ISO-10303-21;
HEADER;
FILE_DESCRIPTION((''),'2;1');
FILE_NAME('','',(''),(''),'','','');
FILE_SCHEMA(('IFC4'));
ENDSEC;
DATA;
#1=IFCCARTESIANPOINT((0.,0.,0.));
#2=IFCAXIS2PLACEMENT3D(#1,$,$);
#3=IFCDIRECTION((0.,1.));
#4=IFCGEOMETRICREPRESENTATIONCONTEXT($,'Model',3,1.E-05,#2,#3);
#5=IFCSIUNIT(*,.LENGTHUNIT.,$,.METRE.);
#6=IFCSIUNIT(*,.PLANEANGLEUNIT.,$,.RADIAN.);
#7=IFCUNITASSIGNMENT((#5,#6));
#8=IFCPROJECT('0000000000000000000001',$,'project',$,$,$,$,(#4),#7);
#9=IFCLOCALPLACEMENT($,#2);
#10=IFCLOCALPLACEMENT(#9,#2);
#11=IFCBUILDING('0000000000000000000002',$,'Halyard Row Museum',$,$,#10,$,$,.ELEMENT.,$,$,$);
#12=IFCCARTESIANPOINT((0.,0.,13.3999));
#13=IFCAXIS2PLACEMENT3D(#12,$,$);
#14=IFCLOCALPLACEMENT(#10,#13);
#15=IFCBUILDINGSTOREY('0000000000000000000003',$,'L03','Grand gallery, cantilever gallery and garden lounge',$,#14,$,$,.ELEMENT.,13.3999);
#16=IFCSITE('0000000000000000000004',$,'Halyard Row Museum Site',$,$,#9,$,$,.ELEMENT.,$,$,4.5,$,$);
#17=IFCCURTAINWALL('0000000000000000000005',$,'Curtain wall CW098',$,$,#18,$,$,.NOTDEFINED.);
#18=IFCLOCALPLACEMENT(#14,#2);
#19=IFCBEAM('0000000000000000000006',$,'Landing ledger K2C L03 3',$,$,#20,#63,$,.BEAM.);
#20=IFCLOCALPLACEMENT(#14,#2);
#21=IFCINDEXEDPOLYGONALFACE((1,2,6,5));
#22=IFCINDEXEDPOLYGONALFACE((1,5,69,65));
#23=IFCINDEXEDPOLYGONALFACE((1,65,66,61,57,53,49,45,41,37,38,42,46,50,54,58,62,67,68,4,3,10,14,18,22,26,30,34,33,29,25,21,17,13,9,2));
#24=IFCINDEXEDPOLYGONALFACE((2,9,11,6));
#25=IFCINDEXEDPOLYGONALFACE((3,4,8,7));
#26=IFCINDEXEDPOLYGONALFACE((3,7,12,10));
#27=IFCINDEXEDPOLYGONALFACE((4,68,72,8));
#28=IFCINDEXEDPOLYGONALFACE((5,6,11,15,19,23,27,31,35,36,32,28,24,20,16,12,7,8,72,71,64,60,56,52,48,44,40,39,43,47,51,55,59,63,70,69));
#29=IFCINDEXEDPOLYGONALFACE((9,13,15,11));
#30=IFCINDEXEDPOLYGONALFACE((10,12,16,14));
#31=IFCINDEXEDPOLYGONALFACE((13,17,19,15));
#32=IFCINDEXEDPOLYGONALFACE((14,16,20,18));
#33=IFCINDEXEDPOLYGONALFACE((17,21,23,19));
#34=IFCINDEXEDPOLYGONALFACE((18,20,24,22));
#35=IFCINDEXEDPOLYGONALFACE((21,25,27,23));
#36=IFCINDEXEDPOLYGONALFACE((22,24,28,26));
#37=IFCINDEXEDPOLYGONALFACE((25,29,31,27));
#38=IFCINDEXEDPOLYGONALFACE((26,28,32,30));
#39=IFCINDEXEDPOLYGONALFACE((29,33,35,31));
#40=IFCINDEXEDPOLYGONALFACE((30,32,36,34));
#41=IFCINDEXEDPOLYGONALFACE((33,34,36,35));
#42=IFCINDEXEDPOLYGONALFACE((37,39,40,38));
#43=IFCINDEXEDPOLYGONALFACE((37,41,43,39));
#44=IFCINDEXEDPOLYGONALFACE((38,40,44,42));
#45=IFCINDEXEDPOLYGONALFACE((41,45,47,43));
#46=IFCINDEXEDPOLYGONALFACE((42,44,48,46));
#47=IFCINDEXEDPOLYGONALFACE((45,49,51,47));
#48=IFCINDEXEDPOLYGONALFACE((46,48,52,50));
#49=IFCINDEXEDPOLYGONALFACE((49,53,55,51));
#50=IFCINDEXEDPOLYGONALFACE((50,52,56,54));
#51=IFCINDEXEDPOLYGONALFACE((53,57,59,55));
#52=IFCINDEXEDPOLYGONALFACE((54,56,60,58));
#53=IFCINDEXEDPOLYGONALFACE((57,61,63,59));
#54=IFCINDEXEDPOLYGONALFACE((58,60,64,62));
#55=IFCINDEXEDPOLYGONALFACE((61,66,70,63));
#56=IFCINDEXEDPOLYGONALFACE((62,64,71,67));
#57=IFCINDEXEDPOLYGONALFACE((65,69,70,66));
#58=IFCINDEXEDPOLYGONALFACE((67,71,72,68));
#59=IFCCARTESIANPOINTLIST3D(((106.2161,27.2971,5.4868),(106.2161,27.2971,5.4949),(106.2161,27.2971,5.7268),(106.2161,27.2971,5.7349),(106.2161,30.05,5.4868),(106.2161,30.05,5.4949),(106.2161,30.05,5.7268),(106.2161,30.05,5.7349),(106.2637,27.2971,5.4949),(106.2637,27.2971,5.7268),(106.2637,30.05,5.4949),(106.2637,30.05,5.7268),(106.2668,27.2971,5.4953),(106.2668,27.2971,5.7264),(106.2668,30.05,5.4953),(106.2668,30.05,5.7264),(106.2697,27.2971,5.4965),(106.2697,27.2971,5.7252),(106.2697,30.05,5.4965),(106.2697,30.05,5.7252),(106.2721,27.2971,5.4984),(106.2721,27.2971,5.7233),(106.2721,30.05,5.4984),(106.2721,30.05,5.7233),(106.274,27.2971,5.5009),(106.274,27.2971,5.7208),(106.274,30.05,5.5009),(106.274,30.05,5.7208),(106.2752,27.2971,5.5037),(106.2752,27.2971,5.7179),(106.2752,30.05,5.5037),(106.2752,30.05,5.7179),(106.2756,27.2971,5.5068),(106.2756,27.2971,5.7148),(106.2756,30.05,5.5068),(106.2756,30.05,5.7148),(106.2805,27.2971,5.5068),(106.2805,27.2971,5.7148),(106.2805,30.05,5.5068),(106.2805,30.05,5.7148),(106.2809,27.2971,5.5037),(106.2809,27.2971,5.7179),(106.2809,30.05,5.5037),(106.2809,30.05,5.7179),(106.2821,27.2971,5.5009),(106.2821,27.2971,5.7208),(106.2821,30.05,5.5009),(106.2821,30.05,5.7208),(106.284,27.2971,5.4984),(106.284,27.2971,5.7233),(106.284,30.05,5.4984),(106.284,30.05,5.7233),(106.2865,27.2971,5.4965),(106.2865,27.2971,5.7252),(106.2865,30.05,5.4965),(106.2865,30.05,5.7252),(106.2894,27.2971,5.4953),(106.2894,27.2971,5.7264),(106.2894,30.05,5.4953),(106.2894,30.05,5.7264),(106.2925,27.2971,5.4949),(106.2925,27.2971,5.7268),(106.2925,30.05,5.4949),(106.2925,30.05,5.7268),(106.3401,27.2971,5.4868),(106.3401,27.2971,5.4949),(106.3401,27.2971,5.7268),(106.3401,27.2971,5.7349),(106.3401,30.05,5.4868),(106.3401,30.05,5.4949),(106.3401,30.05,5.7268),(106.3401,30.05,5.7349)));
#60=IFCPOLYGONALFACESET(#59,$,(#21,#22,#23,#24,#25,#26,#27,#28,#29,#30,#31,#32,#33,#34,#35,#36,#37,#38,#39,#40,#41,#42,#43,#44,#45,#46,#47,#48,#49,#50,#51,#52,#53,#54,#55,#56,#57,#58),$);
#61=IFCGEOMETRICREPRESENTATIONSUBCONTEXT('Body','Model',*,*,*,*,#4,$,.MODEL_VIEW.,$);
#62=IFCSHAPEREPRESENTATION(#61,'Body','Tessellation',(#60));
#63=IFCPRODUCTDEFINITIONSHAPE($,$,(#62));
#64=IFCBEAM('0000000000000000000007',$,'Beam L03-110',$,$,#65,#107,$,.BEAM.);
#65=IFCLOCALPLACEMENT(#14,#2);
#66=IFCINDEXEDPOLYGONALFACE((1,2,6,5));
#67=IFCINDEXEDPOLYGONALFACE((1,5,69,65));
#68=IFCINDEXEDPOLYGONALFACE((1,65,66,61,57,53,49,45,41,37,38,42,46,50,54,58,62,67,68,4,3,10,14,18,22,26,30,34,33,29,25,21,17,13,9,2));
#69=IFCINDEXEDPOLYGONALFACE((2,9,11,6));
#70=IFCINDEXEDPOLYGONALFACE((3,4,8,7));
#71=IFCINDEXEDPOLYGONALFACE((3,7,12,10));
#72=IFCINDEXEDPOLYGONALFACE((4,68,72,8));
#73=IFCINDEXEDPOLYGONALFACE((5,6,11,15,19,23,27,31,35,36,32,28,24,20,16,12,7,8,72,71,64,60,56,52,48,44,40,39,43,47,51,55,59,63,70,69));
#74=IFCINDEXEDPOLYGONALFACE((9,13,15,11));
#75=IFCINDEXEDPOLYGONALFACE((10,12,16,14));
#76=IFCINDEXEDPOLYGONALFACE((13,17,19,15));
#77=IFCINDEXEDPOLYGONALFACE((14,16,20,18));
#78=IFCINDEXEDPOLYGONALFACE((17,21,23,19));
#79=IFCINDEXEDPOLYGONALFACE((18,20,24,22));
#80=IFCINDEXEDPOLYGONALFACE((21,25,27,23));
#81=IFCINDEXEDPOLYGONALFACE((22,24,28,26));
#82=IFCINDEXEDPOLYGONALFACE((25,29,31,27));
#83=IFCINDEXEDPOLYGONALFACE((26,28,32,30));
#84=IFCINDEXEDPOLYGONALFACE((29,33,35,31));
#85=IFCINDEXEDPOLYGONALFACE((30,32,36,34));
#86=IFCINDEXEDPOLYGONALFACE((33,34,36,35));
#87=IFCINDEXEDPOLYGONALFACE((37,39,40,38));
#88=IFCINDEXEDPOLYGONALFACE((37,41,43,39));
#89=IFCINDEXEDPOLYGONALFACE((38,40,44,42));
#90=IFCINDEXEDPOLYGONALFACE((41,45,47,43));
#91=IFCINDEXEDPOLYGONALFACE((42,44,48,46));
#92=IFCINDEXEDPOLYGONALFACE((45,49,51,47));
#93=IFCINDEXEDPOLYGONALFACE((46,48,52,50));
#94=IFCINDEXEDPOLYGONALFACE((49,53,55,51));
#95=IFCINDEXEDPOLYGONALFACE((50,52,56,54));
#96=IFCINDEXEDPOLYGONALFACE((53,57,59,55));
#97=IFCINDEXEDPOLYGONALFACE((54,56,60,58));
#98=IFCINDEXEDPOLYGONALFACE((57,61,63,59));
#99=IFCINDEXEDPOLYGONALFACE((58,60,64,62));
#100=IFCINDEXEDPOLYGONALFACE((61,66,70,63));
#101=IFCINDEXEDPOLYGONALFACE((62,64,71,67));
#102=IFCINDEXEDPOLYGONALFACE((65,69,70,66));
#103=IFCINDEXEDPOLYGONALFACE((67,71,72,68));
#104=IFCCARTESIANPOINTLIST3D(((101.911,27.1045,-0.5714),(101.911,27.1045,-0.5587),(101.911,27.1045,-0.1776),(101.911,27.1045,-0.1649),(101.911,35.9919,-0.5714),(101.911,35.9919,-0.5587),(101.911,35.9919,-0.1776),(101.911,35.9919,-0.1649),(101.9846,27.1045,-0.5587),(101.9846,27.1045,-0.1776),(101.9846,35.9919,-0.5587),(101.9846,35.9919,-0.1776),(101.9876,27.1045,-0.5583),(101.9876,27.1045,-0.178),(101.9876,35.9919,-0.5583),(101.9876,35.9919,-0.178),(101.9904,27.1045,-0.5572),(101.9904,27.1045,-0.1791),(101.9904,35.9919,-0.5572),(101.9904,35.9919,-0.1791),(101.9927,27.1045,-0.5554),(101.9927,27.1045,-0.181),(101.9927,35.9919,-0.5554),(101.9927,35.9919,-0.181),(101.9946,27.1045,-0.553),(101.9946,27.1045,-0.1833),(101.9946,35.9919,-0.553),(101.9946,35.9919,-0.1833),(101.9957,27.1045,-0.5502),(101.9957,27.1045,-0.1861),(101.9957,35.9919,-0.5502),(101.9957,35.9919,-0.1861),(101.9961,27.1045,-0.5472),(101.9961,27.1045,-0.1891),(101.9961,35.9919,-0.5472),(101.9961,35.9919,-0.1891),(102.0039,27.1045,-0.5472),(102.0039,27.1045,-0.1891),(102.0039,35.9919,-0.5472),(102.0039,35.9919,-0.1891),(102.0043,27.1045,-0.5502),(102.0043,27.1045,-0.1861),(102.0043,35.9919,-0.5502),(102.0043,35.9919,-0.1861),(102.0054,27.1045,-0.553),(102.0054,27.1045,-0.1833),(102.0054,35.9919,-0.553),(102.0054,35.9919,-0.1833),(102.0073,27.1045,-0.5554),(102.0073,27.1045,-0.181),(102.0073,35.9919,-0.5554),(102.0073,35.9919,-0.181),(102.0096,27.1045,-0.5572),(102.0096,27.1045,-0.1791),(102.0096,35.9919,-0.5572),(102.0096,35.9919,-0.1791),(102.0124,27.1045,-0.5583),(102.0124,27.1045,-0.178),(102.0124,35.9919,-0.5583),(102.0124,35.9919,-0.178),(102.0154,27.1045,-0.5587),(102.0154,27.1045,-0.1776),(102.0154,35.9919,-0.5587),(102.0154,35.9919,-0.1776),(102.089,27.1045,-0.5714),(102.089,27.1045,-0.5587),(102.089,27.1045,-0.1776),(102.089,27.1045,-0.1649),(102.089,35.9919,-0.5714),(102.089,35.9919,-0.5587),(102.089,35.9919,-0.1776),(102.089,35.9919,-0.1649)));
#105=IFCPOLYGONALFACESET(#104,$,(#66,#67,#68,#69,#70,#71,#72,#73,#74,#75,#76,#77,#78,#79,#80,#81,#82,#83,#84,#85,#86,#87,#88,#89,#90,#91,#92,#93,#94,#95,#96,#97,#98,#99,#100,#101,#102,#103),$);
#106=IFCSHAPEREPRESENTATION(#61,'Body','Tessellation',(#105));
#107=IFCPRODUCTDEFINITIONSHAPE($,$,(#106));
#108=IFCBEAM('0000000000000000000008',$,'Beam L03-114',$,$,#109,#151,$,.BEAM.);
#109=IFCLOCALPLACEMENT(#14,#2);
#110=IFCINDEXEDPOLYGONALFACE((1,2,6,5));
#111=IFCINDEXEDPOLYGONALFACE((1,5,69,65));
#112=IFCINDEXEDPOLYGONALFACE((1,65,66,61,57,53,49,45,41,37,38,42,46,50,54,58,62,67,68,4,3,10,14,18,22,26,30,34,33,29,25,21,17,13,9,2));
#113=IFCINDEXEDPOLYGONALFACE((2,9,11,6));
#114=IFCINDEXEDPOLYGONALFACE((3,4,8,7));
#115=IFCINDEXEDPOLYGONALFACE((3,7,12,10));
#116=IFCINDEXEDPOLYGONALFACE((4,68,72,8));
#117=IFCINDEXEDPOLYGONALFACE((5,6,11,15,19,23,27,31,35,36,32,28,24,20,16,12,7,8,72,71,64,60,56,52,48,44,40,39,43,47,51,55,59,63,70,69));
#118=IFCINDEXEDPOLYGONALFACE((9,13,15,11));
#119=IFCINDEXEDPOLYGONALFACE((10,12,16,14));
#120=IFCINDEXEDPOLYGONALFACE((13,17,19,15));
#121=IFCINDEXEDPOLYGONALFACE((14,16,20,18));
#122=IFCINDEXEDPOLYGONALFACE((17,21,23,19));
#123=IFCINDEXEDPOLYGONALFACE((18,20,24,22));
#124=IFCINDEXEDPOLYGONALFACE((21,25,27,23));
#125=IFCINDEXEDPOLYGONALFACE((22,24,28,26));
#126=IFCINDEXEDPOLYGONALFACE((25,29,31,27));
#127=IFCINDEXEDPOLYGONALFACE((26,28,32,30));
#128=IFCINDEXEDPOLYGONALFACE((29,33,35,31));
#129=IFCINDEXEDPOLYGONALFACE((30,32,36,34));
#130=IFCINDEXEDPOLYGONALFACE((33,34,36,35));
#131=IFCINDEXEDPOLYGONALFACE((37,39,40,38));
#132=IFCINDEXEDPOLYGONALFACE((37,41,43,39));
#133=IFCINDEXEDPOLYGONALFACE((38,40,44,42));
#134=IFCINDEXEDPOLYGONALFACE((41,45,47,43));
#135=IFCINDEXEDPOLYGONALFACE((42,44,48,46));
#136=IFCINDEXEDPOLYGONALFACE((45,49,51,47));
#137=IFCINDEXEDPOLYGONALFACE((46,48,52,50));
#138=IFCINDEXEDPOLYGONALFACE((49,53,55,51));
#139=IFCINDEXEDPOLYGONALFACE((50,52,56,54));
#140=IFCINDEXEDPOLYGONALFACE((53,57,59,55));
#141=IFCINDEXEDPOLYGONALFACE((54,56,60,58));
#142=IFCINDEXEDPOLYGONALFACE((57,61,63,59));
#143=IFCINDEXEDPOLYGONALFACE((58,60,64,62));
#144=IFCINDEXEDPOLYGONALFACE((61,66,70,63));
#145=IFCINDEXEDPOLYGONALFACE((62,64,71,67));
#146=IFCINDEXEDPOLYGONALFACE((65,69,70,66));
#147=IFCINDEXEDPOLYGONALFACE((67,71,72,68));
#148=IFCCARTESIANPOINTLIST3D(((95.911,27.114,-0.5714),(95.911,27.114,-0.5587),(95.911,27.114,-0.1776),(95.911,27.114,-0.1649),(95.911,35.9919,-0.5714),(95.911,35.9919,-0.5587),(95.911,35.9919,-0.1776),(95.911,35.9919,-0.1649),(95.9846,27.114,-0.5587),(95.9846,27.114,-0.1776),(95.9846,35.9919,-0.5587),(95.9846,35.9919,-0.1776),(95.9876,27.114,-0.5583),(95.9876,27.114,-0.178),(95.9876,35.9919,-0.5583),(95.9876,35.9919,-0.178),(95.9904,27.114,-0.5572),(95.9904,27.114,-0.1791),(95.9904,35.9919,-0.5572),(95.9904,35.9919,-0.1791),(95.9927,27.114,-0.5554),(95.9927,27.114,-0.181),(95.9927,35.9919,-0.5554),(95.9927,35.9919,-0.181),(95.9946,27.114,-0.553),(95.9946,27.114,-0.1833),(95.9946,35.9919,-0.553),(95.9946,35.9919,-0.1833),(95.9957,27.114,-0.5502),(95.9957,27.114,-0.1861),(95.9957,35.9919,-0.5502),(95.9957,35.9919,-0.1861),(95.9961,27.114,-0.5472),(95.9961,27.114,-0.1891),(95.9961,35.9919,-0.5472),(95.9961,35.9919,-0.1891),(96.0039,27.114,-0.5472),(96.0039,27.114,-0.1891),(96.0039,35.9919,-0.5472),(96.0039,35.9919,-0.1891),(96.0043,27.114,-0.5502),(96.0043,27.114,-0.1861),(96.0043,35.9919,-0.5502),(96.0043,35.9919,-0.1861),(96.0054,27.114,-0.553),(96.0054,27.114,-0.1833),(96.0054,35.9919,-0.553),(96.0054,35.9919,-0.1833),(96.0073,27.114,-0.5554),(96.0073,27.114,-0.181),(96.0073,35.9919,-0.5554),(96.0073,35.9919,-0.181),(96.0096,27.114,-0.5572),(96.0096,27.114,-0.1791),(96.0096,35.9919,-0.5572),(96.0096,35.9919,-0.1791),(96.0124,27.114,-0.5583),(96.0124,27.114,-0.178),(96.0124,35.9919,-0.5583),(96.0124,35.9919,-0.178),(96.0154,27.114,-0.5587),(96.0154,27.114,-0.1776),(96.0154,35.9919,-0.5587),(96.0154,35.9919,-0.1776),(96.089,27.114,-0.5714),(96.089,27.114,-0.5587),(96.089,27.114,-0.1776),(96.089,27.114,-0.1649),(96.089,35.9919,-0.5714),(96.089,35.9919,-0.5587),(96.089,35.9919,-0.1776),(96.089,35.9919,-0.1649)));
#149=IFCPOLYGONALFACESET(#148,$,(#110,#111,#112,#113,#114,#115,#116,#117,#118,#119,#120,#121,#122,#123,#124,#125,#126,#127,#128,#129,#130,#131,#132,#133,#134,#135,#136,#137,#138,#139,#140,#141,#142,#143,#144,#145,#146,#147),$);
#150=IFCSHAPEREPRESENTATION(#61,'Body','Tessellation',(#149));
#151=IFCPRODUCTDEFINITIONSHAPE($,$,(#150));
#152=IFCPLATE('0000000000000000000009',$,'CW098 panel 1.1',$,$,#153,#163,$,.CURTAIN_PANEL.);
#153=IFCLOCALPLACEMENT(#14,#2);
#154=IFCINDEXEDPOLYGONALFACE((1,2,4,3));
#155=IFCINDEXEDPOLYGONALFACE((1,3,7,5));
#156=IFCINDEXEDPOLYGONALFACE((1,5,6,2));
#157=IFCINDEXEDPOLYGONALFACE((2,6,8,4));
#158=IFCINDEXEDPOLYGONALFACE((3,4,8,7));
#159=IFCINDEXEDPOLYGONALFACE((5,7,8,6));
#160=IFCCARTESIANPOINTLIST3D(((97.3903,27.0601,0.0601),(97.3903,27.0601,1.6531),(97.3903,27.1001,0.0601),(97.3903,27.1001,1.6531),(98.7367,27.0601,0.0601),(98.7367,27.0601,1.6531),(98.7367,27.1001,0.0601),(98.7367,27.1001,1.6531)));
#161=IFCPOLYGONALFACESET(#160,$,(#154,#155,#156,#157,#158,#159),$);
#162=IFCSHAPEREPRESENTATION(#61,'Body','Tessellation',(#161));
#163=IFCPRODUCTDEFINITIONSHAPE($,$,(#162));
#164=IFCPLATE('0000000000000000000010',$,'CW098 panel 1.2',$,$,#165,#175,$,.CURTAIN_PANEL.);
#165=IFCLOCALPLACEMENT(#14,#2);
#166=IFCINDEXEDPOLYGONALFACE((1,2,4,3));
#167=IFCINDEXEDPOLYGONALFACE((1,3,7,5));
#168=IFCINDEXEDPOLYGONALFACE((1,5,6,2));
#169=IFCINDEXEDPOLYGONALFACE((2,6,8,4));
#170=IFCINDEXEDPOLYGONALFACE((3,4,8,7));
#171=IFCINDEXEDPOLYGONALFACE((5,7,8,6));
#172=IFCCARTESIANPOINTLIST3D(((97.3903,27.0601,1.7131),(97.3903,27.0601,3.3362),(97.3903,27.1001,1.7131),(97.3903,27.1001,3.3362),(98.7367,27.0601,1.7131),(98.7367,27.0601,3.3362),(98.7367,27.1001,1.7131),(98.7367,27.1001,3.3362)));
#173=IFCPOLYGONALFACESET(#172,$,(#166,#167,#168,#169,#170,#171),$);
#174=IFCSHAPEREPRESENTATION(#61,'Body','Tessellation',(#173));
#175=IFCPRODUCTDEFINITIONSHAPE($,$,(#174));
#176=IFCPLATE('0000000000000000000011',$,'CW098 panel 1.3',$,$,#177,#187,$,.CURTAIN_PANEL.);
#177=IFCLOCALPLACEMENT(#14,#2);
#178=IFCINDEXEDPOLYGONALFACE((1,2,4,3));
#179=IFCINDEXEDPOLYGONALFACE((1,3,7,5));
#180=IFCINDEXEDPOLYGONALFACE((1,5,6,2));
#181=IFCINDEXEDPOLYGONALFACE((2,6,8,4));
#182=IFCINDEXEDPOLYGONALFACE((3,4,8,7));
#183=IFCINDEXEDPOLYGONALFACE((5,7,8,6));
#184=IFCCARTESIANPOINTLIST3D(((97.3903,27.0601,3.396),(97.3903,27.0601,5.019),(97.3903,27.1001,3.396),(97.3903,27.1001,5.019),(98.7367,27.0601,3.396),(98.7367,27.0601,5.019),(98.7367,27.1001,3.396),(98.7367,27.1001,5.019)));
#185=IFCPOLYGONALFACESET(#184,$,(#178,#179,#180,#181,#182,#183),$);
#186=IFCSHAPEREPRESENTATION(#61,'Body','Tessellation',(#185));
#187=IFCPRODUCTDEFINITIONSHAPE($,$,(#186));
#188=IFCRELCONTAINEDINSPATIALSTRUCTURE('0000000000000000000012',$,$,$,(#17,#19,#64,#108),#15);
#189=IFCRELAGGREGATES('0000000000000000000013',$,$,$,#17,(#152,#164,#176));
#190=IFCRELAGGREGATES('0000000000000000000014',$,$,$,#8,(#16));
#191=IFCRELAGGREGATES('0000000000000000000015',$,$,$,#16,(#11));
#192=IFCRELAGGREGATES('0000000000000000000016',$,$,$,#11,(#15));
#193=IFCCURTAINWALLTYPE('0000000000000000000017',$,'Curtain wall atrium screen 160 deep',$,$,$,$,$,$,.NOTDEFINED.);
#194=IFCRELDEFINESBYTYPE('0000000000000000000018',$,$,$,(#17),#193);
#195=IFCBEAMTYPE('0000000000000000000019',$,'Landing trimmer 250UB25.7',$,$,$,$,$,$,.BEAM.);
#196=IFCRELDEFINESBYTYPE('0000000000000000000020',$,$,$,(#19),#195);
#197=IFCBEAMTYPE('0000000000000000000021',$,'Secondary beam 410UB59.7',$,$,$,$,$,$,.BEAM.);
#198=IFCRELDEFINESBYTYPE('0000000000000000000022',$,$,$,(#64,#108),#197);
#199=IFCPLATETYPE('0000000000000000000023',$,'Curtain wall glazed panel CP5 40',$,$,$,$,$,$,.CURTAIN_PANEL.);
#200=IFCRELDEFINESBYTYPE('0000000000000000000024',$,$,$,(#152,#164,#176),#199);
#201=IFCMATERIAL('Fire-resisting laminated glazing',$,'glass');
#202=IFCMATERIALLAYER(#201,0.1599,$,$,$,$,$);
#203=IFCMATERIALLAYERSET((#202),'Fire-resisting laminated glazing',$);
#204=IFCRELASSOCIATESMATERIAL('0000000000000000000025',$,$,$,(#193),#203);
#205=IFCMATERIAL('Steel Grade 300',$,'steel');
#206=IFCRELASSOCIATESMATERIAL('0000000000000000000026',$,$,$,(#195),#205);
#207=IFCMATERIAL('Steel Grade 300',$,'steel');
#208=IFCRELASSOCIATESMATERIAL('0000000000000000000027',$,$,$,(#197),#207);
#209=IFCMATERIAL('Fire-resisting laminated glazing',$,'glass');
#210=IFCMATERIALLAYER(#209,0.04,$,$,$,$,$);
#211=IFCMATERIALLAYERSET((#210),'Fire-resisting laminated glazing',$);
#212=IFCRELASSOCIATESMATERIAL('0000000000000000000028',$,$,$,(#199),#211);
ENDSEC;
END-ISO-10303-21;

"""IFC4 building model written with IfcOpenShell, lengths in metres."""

from ifc_helpers import new_model, si_unit, direction, frame, origin, origin_2d, place, context, subcontext, project, spatial, rectangle, i_section, extrude, material, layer, layer_set, material_profile, profile_set, type_object, element, aggregate, save


model = new_model("IFC4")

# Units and contexts
model_context = context("Model", 3, precision=1e-05, world=origin(), true_north=direction((0.0, 1.0)))
body_context = subcontext(model_context, "Body", "Model", "MODEL_VIEW")
ifc_project = project(units=[si_unit("LENGTHUNIT", "METRE"), si_unit("PLANEANGLEUNIT", "RADIAN")], contexts=[model_context])

# Site, building, storey
site_placement = place(None, origin())
site = spatial("IfcSite", under=ifc_project, at=site_placement, Name="Halyard Row Museum Site", CompositionType="ELEMENT", RefElevation=4.5)
building_placement = place(site_placement, origin())
building = spatial("IfcBuilding", under=site, at=building_placement, Name="Halyard Row Museum", CompositionType="ELEMENT")
storey_placement = place(building_placement, frame((0.0, 0.0, 13.3999)))
storey = spatial("IfcBuildingStorey", under=building, at=storey_placement, Name="L03", Description="Grand gallery, cantilever gallery and garden lounge", CompositionType="ELEMENT", Elevation=13.3999)

# Curtain wall
ifc_material_1 = material(Name="Fire-resisting laminated glazing", Category="glass")
ifc_layer_1 = layer(ifc_material_1, 0.1599)
ifc_layer_set_1 = layer_set([ifc_layer_1], Name="Fire-resisting laminated glazing")
curtain_wall_type = type_object("IfcCurtainWallType", Name="Curtain wall atrium screen 160 deep", PredefinedType="NOTDEFINED", material=ifc_layer_set_1)
curtain_wall_placement = place(storey_placement, origin())
curtain_wall = element("IfcCurtainWall", 1, at=curtain_wall_placement, inside=storey, type_object=curtain_wall_type, Name="Curtain wall CW098", PredefinedType="NOTDEFINED")

# Beams
ifc_material_2 = material(Name="Steel Grade 300", Category="steel")
ifc_material_profile_1 = material_profile(ifc_material_2, i_section(OverallWidth=0.124, OverallDepth=0.248, WebThickness=0.0049, FlangeThickness=0.0081, FilletRadius=0.012, at=origin_2d()), Name="250UB25.7")
ifc_profile_set_1 = profile_set([ifc_material_profile_1], Name="Steel Grade 300")
beam_type_1 = type_object("IfcBeamType", Name="Landing trimmer 250UB25.7", PredefinedType="BEAM", material=ifc_profile_set_1)
beam_1_placement = place(storey_placement, frame((106.2781, 27.2971, 5.6108), z_axis=(0.0, 1.0, 0.0), x_axis=(-1.0, 0.0, 0.0)))
element("IfcBeam", 2, at=beam_1_placement, inside=storey, type_object=beam_type_1, Name="Landing ledger K2C L03 3", PredefinedType="BEAM", context=body_context, shape_type="SweptSolid", body=[
    extrude(i_section(OverallWidth=0.124, OverallDepth=0.248, WebThickness=0.0049, FlangeThickness=0.0081, FilletRadius=0.012, at=origin_2d()), origin(), (0.0, 0.0, 1.0), 2.7529),
])
ifc_material_3 = material(Name="Steel Grade 300", Category="steel")
ifc_material_profile_2 = material_profile(ifc_material_3, i_section(OverallWidth=0.178, OverallDepth=0.4065, WebThickness=0.0078, FlangeThickness=0.0127, FilletRadius=0.0115, at=origin_2d()), Name="410UB59.7")
ifc_profile_set_2 = profile_set([ifc_material_profile_2], Name="Steel Grade 300")
beam_type_2 = type_object("IfcBeamType", Name="Secondary beam 410UB59.7", PredefinedType="BEAM", material=ifc_profile_set_2)
beam_2_placement = place(storey_placement, frame((102.0, 27.1045, -0.3682), z_axis=(0.0, 1.0, 0.0), x_axis=(-1.0, 0.0, 0.0)))
element("IfcBeam", 3, at=beam_2_placement, inside=storey, type_object=beam_type_2, Name="Beam L03-110", PredefinedType="BEAM", context=body_context, shape_type="SweptSolid", body=[
    extrude(i_section(OverallWidth=0.178, OverallDepth=0.4065, WebThickness=0.0078, FlangeThickness=0.0127, FilletRadius=0.0115, at=origin_2d()), origin(), (0.0, 0.0, 1.0), 8.8875),
])
beam_3_placement = place(storey_placement, frame((96.0, 27.114, -0.3682), z_axis=(0.0, 1.0, 0.0), x_axis=(-1.0, 0.0, 0.0)))
element("IfcBeam", 4, at=beam_3_placement, inside=storey, type_object=beam_type_2, Name="Beam L03-114", PredefinedType="BEAM", context=body_context, shape_type="SweptSolid", body=[
    extrude(i_section(OverallWidth=0.178, OverallDepth=0.4065, WebThickness=0.0078, FlangeThickness=0.0127, FilletRadius=0.0115, at=origin_2d()), origin(), (0.0, 0.0, 1.0), 8.8779),
])

# Plates
ifc_material_4 = material(Name="Fire-resisting laminated glazing", Category="glass")
ifc_layer_2 = layer(ifc_material_4, 0.04)
ifc_layer_set_2 = layer_set([ifc_layer_2], Name="Fire-resisting laminated glazing")
plate_type = type_object("IfcPlateType", Name="Curtain wall glazed panel CP5 40", PredefinedType="CURTAIN_PANEL", material=ifc_layer_set_2)
plate_1_placement = place(storey_placement, frame((98.0635, 27.0801, 0.0601), z_axis=(0.0, 0.0, 1.0), x_axis=(-1.0, 0.0, 0.0)))
plate_1 = element("IfcPlate", 5, at=plate_1_placement, type_object=plate_type, Name="CW098 panel 1.1", PredefinedType="CURTAIN_PANEL", context=body_context, shape_type="SweptSolid", body=[
    extrude(rectangle(XDim=1.3464, YDim=0.04, at=origin_2d()), origin(), (0.0, 0.0, 1.0), 1.593),
])
plate_2_placement = place(storey_placement, frame((98.0635, 27.0801, 1.7131), z_axis=(0.0, 0.0, 1.0), x_axis=(-1.0, 0.0, 0.0)))
plate_2 = element("IfcPlate", 6, at=plate_2_placement, type_object=plate_type, Name="CW098 panel 1.2", PredefinedType="CURTAIN_PANEL", context=body_context, shape_type="SweptSolid", body=[
    extrude(rectangle(XDim=1.3464, YDim=0.04, at=origin_2d()), origin(), (0.0, 0.0, 1.0), 1.623),
])
plate_3_placement = place(storey_placement, frame((98.0635, 27.0801, 3.396), z_axis=(0.0, 0.0, 1.0), x_axis=(-1.0, 0.0, 0.0)))
plate_3 = element("IfcPlate", 7, at=plate_3_placement, type_object=plate_type, Name="CW098 panel 1.3", PredefinedType="CURTAIN_PANEL", context=body_context, shape_type="SweptSolid", body=[
    extrude(rectangle(XDim=1.3464, YDim=0.04, at=origin_2d()), origin(), (0.0, 0.0, 1.0), 1.623),
])
aggregate(curtain_wall, [plate_1, plate_2, plate_3])

save(model, "model.ifc")
